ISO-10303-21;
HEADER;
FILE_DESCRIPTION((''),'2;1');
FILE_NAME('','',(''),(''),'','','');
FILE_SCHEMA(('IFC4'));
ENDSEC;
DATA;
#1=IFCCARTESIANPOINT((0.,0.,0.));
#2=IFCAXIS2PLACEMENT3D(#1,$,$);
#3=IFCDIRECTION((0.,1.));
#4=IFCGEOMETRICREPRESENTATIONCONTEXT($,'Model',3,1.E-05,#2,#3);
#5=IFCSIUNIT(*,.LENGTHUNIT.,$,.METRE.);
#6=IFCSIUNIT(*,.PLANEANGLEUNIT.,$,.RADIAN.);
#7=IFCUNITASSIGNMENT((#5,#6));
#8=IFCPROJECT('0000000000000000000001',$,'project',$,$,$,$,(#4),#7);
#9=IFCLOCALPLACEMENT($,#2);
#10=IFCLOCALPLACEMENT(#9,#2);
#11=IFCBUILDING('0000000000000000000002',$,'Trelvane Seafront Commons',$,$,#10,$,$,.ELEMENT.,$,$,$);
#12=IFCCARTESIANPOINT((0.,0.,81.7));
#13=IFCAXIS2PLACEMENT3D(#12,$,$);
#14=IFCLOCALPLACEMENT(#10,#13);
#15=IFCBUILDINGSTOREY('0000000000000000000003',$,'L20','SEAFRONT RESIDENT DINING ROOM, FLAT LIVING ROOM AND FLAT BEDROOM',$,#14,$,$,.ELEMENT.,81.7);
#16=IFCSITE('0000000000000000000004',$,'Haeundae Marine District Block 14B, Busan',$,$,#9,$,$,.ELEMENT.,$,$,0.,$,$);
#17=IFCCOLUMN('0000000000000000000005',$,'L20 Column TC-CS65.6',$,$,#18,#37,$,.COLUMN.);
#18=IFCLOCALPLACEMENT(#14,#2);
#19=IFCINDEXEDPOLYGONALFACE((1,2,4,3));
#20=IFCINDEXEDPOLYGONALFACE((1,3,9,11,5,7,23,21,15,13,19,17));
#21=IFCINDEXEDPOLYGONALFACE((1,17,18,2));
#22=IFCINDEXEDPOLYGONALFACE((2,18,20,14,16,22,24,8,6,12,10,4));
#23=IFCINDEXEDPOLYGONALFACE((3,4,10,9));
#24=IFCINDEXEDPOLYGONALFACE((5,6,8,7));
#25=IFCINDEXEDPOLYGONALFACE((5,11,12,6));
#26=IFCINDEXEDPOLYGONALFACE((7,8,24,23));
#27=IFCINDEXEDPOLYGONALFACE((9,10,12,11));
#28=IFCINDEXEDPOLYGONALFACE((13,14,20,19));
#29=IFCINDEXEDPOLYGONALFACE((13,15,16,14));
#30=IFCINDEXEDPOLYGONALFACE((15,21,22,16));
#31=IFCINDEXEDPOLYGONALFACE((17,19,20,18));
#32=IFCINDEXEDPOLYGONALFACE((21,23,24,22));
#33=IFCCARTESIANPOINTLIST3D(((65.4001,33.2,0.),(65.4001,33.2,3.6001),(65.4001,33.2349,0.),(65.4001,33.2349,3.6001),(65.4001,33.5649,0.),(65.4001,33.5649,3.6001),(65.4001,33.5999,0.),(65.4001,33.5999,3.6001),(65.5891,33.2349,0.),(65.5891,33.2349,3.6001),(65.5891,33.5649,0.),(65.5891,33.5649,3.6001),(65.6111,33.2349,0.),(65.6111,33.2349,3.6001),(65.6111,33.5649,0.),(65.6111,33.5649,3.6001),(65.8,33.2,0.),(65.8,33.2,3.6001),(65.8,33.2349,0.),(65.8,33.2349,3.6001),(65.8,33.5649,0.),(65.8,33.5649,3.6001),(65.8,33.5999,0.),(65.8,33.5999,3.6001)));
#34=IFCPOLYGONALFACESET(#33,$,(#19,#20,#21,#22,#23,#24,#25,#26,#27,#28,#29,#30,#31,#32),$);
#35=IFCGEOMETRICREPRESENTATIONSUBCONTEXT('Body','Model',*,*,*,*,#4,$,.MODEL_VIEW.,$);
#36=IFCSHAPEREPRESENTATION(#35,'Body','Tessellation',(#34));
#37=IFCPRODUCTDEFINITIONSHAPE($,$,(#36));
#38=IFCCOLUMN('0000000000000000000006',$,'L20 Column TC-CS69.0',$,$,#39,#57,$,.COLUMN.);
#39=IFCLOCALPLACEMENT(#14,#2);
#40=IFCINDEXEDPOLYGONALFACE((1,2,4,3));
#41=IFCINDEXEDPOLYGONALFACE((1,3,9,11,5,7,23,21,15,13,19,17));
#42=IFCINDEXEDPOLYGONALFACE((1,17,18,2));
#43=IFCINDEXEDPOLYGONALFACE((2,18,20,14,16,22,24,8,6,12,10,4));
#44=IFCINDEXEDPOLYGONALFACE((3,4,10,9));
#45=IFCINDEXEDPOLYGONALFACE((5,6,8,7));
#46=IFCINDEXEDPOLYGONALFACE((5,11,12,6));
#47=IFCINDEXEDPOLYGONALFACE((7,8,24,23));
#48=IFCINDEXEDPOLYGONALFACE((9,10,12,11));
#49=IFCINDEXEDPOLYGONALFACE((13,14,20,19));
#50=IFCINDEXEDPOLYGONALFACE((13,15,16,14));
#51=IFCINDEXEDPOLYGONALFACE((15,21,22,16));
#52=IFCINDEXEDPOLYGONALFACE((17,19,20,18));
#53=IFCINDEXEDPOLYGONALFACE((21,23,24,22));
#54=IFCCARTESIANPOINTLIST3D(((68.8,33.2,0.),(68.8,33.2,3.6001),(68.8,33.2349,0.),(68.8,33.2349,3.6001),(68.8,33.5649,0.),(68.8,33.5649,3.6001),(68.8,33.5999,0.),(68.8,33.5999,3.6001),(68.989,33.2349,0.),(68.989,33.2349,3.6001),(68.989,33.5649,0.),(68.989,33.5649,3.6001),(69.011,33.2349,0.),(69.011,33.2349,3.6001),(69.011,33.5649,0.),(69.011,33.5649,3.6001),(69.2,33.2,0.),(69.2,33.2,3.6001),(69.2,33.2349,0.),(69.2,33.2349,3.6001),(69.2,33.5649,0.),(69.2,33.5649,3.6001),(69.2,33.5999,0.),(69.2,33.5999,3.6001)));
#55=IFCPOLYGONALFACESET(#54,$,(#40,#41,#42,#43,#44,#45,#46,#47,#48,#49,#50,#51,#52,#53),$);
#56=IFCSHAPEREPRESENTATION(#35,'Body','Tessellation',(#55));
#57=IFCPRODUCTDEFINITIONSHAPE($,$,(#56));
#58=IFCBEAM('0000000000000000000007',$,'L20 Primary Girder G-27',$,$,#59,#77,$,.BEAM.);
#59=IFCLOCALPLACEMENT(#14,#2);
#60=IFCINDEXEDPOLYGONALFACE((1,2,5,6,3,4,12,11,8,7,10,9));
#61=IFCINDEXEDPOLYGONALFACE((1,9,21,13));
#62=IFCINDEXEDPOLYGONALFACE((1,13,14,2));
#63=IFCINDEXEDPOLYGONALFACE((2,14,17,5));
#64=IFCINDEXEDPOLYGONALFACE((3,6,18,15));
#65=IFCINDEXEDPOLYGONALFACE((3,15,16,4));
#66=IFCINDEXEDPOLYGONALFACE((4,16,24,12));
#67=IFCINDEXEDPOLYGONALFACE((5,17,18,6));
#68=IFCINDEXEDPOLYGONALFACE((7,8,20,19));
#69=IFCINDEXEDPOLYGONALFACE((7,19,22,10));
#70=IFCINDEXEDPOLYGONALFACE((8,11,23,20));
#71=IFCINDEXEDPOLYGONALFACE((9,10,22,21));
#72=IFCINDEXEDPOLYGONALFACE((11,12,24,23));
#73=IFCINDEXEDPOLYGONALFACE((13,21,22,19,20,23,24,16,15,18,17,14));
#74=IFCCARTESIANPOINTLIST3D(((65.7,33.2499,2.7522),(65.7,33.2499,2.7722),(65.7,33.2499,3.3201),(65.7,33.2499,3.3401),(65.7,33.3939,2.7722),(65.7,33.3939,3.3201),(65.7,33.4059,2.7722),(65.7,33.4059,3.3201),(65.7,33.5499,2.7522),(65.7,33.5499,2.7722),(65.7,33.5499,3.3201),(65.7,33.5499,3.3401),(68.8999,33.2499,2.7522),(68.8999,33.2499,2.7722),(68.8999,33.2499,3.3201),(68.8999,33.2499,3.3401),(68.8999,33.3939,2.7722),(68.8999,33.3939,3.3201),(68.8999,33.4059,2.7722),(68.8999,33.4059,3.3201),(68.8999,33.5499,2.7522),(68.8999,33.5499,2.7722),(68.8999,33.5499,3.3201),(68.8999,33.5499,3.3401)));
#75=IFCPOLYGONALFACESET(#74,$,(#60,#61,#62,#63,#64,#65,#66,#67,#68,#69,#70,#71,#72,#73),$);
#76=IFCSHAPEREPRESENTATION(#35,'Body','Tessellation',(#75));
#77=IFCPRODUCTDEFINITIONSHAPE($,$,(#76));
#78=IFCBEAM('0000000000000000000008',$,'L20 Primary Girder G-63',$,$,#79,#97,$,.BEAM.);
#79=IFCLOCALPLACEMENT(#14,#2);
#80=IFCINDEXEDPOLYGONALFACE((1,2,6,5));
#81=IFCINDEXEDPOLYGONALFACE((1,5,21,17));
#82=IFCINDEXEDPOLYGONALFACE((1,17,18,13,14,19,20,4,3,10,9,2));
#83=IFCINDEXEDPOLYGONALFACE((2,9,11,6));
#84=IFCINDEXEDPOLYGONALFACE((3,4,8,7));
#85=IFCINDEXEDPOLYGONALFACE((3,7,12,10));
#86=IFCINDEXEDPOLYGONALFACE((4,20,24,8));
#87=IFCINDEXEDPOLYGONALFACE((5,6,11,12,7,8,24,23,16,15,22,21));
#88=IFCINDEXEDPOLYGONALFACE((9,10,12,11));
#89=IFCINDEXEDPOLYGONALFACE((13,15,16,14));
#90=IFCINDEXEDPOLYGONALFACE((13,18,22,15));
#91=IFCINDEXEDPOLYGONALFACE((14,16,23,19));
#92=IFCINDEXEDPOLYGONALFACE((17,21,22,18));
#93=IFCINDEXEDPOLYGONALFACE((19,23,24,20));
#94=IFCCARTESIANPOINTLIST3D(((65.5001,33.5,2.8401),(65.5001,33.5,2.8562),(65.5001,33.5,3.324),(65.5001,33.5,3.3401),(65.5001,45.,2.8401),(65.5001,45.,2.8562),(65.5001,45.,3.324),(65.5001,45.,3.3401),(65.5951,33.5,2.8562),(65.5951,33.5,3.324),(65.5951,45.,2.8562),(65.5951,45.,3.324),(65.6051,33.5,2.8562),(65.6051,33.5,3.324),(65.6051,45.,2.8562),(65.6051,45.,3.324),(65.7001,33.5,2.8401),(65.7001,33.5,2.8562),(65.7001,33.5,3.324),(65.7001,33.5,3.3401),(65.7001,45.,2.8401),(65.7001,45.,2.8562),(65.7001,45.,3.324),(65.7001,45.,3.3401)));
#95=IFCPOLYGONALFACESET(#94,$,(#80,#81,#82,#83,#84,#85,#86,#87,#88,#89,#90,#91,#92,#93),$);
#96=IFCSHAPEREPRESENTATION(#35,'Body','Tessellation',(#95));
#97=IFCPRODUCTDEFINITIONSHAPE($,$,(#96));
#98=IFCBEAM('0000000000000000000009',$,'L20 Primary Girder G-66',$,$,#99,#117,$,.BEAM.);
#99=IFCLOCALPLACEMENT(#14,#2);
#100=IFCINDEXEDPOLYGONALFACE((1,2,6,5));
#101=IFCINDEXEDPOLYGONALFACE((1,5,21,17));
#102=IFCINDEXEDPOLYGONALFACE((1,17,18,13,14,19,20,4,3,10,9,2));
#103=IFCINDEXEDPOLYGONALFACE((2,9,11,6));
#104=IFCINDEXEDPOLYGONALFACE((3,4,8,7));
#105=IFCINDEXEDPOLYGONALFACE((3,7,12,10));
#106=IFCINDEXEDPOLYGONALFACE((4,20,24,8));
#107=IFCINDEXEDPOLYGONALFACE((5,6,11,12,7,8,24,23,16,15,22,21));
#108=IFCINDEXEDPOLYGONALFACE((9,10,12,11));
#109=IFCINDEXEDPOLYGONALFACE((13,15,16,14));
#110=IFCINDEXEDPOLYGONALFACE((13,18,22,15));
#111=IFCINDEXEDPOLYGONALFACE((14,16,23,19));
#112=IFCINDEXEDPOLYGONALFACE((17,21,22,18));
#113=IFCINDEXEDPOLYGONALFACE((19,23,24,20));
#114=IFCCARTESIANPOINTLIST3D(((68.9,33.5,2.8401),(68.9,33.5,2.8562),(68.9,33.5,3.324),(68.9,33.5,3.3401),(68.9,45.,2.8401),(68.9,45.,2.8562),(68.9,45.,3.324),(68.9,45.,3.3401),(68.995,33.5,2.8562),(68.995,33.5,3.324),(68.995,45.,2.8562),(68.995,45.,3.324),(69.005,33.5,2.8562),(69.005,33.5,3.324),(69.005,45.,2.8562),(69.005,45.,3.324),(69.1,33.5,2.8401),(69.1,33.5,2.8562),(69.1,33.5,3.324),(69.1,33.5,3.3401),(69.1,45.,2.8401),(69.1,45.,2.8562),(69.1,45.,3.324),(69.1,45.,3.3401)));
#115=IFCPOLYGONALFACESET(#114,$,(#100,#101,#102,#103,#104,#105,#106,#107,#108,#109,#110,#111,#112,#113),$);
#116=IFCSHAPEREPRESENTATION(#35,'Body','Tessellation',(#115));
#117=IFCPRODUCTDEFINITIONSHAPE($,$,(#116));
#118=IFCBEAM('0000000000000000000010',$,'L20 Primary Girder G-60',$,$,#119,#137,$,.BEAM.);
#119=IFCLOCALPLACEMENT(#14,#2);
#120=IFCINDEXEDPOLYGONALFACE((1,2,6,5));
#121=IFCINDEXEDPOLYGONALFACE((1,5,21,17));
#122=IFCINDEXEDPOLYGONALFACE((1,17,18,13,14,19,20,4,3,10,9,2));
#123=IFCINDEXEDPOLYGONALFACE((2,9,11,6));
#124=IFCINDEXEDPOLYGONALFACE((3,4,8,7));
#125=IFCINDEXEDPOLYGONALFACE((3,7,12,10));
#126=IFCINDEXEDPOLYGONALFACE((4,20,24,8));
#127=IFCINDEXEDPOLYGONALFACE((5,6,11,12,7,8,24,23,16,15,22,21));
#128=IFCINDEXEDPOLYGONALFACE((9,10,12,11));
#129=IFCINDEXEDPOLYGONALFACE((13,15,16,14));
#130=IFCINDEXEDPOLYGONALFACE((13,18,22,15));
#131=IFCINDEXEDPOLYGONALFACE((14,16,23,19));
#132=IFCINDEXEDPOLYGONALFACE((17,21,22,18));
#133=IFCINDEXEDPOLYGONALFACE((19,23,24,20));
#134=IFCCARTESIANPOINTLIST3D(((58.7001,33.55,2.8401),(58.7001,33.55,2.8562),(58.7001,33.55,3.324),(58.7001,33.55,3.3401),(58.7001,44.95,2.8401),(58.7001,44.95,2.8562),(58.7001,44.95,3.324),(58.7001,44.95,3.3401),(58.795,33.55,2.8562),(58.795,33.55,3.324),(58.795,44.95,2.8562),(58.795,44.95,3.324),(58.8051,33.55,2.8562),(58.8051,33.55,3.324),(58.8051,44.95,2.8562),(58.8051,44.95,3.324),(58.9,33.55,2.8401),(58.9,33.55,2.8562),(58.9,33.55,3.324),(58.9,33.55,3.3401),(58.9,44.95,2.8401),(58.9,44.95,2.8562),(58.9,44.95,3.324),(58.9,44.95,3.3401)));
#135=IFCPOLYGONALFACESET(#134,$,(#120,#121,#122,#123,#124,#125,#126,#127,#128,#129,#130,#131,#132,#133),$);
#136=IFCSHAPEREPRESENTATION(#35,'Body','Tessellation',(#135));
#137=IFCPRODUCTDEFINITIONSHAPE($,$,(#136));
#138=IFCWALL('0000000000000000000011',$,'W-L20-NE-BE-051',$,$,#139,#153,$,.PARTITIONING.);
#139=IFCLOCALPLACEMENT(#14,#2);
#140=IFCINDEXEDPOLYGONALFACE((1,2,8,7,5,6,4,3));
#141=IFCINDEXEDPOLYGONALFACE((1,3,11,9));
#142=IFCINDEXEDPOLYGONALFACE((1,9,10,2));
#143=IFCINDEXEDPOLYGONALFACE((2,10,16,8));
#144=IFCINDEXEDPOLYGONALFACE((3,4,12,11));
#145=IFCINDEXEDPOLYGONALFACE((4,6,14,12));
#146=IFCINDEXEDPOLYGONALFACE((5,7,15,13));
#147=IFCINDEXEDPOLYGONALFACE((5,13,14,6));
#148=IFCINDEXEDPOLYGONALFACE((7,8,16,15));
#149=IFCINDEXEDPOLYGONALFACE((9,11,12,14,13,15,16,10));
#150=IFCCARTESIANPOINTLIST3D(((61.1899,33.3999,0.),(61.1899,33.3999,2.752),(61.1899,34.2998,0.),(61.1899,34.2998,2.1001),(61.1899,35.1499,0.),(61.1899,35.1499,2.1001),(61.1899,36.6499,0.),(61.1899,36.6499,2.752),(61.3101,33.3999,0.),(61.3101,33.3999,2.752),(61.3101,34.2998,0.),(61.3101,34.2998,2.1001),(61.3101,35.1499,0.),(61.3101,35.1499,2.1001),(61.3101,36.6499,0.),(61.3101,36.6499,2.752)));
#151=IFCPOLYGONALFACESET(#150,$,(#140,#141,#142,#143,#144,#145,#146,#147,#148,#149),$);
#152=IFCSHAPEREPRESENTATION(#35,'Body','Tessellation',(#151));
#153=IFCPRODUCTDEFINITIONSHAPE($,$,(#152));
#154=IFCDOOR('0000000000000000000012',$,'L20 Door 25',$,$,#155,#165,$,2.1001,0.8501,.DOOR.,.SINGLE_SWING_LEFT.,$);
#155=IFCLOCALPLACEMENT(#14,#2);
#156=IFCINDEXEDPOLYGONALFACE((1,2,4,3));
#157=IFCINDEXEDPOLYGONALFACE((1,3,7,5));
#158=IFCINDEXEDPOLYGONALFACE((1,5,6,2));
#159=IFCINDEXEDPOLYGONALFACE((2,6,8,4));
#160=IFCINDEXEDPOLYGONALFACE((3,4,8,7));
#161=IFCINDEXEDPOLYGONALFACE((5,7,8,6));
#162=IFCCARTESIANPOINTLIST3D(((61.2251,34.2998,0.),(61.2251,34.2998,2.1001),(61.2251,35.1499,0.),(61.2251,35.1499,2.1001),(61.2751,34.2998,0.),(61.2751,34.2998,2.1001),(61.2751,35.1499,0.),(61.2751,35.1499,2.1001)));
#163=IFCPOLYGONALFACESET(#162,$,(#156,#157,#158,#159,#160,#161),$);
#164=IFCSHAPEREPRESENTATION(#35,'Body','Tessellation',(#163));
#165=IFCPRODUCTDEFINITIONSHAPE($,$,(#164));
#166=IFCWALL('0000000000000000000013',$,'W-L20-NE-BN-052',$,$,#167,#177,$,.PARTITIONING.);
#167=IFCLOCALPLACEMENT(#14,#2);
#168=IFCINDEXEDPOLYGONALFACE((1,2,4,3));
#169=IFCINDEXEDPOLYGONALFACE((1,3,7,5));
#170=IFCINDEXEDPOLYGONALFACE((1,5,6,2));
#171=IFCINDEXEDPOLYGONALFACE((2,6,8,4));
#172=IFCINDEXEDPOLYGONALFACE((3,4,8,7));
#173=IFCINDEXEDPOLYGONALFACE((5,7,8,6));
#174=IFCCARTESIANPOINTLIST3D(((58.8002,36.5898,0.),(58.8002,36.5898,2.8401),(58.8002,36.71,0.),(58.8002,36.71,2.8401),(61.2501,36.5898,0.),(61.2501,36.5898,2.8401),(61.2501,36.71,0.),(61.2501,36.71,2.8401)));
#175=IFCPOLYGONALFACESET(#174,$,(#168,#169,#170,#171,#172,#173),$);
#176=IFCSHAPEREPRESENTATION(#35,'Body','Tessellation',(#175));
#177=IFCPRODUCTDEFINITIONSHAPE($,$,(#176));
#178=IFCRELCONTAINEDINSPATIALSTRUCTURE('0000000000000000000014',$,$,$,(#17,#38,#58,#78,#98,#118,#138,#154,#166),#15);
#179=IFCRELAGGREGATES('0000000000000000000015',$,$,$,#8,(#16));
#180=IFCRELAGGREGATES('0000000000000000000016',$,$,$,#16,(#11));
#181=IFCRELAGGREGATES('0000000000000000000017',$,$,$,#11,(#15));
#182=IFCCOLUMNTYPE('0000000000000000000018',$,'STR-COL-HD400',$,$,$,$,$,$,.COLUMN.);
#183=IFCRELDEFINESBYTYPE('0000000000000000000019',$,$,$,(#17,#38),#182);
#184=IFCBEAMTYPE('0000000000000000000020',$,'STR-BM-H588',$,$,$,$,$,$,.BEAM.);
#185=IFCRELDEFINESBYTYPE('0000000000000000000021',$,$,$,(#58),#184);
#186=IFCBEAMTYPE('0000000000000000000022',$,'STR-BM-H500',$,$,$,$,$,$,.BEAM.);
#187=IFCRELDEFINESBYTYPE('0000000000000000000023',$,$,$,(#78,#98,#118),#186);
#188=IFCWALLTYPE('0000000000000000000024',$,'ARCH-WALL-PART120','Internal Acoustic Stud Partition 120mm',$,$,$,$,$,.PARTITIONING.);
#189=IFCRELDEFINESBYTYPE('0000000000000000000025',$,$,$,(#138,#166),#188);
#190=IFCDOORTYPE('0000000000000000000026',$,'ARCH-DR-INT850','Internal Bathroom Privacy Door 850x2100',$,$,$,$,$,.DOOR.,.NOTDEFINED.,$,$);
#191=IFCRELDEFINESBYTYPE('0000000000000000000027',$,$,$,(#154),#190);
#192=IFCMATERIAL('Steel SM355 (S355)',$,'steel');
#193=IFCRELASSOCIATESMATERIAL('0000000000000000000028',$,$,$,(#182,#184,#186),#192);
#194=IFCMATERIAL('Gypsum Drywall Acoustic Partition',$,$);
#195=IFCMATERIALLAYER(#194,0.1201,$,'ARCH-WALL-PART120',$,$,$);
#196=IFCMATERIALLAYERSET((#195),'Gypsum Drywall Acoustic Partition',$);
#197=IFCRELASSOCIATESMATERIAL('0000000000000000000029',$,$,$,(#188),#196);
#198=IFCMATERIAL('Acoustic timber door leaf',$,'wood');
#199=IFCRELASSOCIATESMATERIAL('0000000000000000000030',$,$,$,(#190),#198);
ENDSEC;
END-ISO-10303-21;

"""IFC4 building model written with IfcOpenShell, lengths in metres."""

from ifc_helpers import new_model, si_unit, direction, frame, frame_2d, origin, origin_2d, place, context, subcontext, project, spatial, rectangle, i_section, extrude, source, transform, mapped, material, layer, layer_set, material_profile, profile_set, type_object, element, fill, save


model = new_model("IFC4")

# Units and contexts
model_context = context("Model", 3, precision=1e-05, world=origin(), true_north=direction((0.0, 1.0)))
body_context = subcontext(model_context, "Body", "Model", "MODEL_VIEW")
ifc_project = project(units=[si_unit("LENGTHUNIT", "METRE"), si_unit("PLANEANGLEUNIT", "RADIAN")], contexts=[model_context])

# Site, building, storey
site_placement = place(None, origin())
site = spatial("IfcSite", under=ifc_project, at=site_placement, Name="Haeundae Marine District Block 14B, Busan", CompositionType="ELEMENT", RefElevation=0.0)
building_placement = place(site_placement, origin())
building = spatial("IfcBuilding", under=site, at=building_placement, Name="Trelvane Seafront Commons", CompositionType="ELEMENT")
storey_placement = place(building_placement, frame((0.0, 0.0, 81.7)))
storey = spatial("IfcBuildingStorey", under=building, at=storey_placement, Name="L20", Description="SEAFRONT RESIDENT DINING ROOM, FLAT LIVING ROOM AND FLAT BEDROOM", CompositionType="ELEMENT", Elevation=81.7)

# Columns
ifc_material_1 = material(Name="Steel SM355 (S355)", Category="steel")
ifc_material_profile_1 = material_profile(ifc_material_1, i_section(OverallWidth=0.3999, OverallDepth=0.3999, WebThickness=0.022, FlangeThickness=0.0349, at=origin_2d()), Name="HD-400x400x22x35")
ifc_profile_set_1 = profile_set([ifc_material_profile_1], Name="Steel SM355 (S355)")
column_type = type_object("IfcColumnType", Name="STR-COL-HD400", PredefinedType="COLUMN", material=ifc_profile_set_1)
shared_shape_1 = source(origin(), body_context, "Body", "SweptSolid", [
    extrude(i_section(OverallWidth=0.3999, OverallDepth=0.3999, WebThickness=0.022, FlangeThickness=0.0349, at=origin_2d()), origin(), (0.0, 0.0, 1.0), 3.6001),
])
for number, where, z_axis, x_axis, name in (
    (1, (65.6001, 33.3999, 0.0), (0.0, 0.0, 1.0), (1.0, 0.0, 0.0), "L20 Column TC-CS65.6"),
    (2, (69.0, 33.3999, 0.0), (0.0, 0.0, 1.0), (1.0, 0.0, 0.0), "L20 Column TC-CS69.0"),
):
    element("IfcColumn", number, at=place(storey_placement, frame(where, z_axis=z_axis, x_axis=x_axis)), inside=storey, type_object=column_type, Name=name, PredefinedType="COLUMN", context=body_context, shape_type="MappedRepresentation", body=[
        mapped(shared_shape_1, transform((0.0, 0.0, 0.0), x_axis=(1.0, 0.0, 0.0), y_axis=(0.0, 1.0, 0.0), z_axis=(0.0, 0.0, 1.0), scale=1.0)),
    ])

# Beams
ifc_material_profile_2 = material_profile(ifc_material_1, i_section(OverallWidth=0.3, OverallDepth=0.5879, WebThickness=0.012, FlangeThickness=0.02, at=origin_2d()), Name="H-588x300x12x20")
ifc_profile_set_2 = profile_set([ifc_material_profile_2], Name="Steel SM355 (S355)")
beam_type_1 = type_object("IfcBeamType", Name="STR-BM-H588", PredefinedType="BEAM", material=ifc_profile_set_2)
shared_shape_2 = source(origin(), body_context, "Body", "SweptSolid", [
    extrude(i_section(OverallWidth=0.3, OverallDepth=0.5879, WebThickness=0.012, FlangeThickness=0.02, at=origin_2d()), origin(), (0.0, 0.0, 1.0), 3.2),
])
beam_1_placement = place(storey_placement, frame((65.7, 33.3999, 3.0461), z_axis=(1.0, 0.0, 0.0), x_axis=(0.0, 1.0, 0.0)))
element("IfcBeam", 3, at=beam_1_placement, inside=storey, type_object=beam_type_1, Name="L20 Primary Girder G-27", PredefinedType="BEAM", context=body_context, shape_type="MappedRepresentation", body=[
    mapped(shared_shape_2, transform((0.0, 0.0, 0.0), x_axis=(1.0, 0.0, 0.0), y_axis=(0.0, 1.0, 0.0), z_axis=(0.0, 0.0, 1.0), scale=1.0)),
])
ifc_material_profile_3 = material_profile(ifc_material_1, i_section(OverallWidth=0.2, OverallDepth=0.5, WebThickness=0.01, FlangeThickness=0.0161, at=origin_2d()), Name="H-500x200x10x16")
ifc_profile_set_3 = profile_set([ifc_material_profile_3], Name="Steel SM355 (S355)")
beam_type_2 = type_object("IfcBeamType", Name="STR-BM-H500", PredefinedType="BEAM", material=ifc_profile_set_3)
shared_shape_3 = source(origin(), body_context, "Body", "SweptSolid", [
    extrude(i_section(OverallWidth=0.2, OverallDepth=0.5, WebThickness=0.01, FlangeThickness=0.0161, at=origin_2d()), origin(), (0.0, 0.0, 1.0), 11.5),
])
for number, where, z_axis, x_axis, name in (
    (4, (65.6001, 33.5, 3.0901), (0.0, 1.0, 0.0), (-1.0, 0.0, 0.0), "L20 Primary Girder G-63"),
    (5, (69.0, 33.5, 3.0901), (0.0, 1.0, 0.0), (-1.0, 0.0, 0.0), "L20 Primary Girder G-66"),
):
    element("IfcBeam", number, at=place(storey_placement, frame(where, z_axis=z_axis, x_axis=x_axis)), inside=storey, type_object=beam_type_2, Name=name, PredefinedType="BEAM", context=body_context, shape_type="MappedRepresentation", body=[
        mapped(shared_shape_3, transform((0.0, 0.0, 0.0), x_axis=(1.0, 0.0, 0.0), y_axis=(0.0, 1.0, 0.0), z_axis=(0.0, 0.0, 1.0), scale=1.0)),
    ])
shared_shape_4 = source(origin(), body_context, "Body", "SweptSolid", [
    extrude(i_section(OverallWidth=0.2, OverallDepth=0.5, WebThickness=0.01, FlangeThickness=0.0161, at=origin_2d()), origin(), (0.0, 0.0, 1.0), 11.3999),
])
beam_2_placement = place(storey_placement, frame((58.8, 33.55, 3.0901), z_axis=(0.0, 1.0, 0.0), x_axis=(-1.0, 0.0, 0.0)))
element("IfcBeam", 6, at=beam_2_placement, inside=storey, type_object=beam_type_2, Name="L20 Primary Girder G-60", PredefinedType="BEAM", context=body_context, shape_type="MappedRepresentation", body=[
    mapped(shared_shape_4, transform((0.0, 0.0, 0.0), x_axis=(1.0, 0.0, 0.0), y_axis=(0.0, 1.0, 0.0), z_axis=(0.0, 0.0, 1.0), scale=1.0)),
])

# Wall, opening, door
ifc_material_2 = material(Name="Gypsum Drywall Acoustic Partition")
ifc_layer = layer(ifc_material_2, 0.1201, Name="ARCH-WALL-PART120")
ifc_layer_set = layer_set([ifc_layer], Name="Gypsum Drywall Acoustic Partition")
wall_type = type_object("IfcWallType", Name="ARCH-WALL-PART120", Description="Internal Acoustic Stud Partition 120mm", PredefinedType="PARTITIONING", material=ifc_layer_set)
wall_1_placement = place(storey_placement, frame((61.25, 33.3999, 0.0), z_axis=(0.0, 0.0, 1.0), x_axis=(0.0, 1.0, 0.0)))
wall_1 = element("IfcWall", 7, at=wall_1_placement, inside=storey, type_object=wall_type, Name="W-L20-NE-BE-051", PredefinedType="PARTITIONING", context=body_context, shape_type="SweptSolid", body=[
    extrude(rectangle(XDim=3.25, YDim=0.1201, at=frame_2d((1.625, 0.0))), origin(), (0.0, 0.0, 1.0), 2.752),
])
opening_1_placement = place(wall_1_placement, frame((0.8999, 0.0, 0.0)))
opening_1 = element("IfcOpeningElement", 8, at=opening_1_placement, cuts=wall_1, PredefinedType="OPENING", context=body_context, shape_type="SweptSolid", body=[
    extrude(rectangle(XDim=0.8501, YDim=2.1001, at=frame_2d((0.425, 1.05))), frame((0.0, 0.0701, 0.0), z_axis=(0.0, -1.0, 0.0), x_axis=(1.0, 0.0, 0.0)), (0.0, 0.0, 1.0), 0.1401),
])
ifc_material_3 = material(Name="Acoustic timber door leaf", Category="wood")
door_type_1 = type_object("IfcDoorType", Name="ARCH-DR-INT850", Description="Internal Bathroom Privacy Door 850x2100", OperationType="NOTDEFINED", PredefinedType="DOOR", material=ifc_material_3)
shared_shape_5 = source(origin(), body_context, "Body", "SweptSolid", [
    extrude(rectangle(XDim=0.8501, YDim=2.1001, at=frame_2d((0.425, 1.05))), frame((0.0, 0.0249, 0.0), z_axis=(0.0, -1.0, 0.0), x_axis=(1.0, 0.0, 0.0)), (0.0, 0.0, 1.0), 0.05),
])
door_1_placement = place(opening_1_placement, origin())
door_1 = element("IfcDoor", 9, at=door_1_placement, inside=storey, type_object=door_type_1, Name="L20 Door 25", OperationType="SINGLE_SWING_LEFT", OverallHeight=2.1001, OverallWidth=0.8501, PredefinedType="DOOR", context=body_context, shape_type="MappedRepresentation", body=[
    mapped(shared_shape_5, transform((0.0, 0.0, 0.0), x_axis=(1.0, 0.0, 0.0), y_axis=(0.0, 1.0, 0.0), z_axis=(0.0, 0.0, 1.0), scale=1.0)),
])
fill(opening_1, door_1)

# Wall
wall_2_placement = place(storey_placement, frame((58.8, 36.6499, 0.0), z_axis=(0.0, 0.0, 1.0), x_axis=(1.0, 0.0, 0.0)))
element("IfcWall", 10, at=wall_2_placement, inside=storey, type_object=wall_type, Name="W-L20-NE-BN-052", PredefinedType="PARTITIONING", context=body_context, shape_type="SweptSolid", body=[
    extrude(rectangle(XDim=2.45, YDim=0.1201, at=frame_2d((1.2251, 0.0))), origin(), (0.0, 0.0, 1.0), 2.8401),
])

save(model, "model.ifc")
